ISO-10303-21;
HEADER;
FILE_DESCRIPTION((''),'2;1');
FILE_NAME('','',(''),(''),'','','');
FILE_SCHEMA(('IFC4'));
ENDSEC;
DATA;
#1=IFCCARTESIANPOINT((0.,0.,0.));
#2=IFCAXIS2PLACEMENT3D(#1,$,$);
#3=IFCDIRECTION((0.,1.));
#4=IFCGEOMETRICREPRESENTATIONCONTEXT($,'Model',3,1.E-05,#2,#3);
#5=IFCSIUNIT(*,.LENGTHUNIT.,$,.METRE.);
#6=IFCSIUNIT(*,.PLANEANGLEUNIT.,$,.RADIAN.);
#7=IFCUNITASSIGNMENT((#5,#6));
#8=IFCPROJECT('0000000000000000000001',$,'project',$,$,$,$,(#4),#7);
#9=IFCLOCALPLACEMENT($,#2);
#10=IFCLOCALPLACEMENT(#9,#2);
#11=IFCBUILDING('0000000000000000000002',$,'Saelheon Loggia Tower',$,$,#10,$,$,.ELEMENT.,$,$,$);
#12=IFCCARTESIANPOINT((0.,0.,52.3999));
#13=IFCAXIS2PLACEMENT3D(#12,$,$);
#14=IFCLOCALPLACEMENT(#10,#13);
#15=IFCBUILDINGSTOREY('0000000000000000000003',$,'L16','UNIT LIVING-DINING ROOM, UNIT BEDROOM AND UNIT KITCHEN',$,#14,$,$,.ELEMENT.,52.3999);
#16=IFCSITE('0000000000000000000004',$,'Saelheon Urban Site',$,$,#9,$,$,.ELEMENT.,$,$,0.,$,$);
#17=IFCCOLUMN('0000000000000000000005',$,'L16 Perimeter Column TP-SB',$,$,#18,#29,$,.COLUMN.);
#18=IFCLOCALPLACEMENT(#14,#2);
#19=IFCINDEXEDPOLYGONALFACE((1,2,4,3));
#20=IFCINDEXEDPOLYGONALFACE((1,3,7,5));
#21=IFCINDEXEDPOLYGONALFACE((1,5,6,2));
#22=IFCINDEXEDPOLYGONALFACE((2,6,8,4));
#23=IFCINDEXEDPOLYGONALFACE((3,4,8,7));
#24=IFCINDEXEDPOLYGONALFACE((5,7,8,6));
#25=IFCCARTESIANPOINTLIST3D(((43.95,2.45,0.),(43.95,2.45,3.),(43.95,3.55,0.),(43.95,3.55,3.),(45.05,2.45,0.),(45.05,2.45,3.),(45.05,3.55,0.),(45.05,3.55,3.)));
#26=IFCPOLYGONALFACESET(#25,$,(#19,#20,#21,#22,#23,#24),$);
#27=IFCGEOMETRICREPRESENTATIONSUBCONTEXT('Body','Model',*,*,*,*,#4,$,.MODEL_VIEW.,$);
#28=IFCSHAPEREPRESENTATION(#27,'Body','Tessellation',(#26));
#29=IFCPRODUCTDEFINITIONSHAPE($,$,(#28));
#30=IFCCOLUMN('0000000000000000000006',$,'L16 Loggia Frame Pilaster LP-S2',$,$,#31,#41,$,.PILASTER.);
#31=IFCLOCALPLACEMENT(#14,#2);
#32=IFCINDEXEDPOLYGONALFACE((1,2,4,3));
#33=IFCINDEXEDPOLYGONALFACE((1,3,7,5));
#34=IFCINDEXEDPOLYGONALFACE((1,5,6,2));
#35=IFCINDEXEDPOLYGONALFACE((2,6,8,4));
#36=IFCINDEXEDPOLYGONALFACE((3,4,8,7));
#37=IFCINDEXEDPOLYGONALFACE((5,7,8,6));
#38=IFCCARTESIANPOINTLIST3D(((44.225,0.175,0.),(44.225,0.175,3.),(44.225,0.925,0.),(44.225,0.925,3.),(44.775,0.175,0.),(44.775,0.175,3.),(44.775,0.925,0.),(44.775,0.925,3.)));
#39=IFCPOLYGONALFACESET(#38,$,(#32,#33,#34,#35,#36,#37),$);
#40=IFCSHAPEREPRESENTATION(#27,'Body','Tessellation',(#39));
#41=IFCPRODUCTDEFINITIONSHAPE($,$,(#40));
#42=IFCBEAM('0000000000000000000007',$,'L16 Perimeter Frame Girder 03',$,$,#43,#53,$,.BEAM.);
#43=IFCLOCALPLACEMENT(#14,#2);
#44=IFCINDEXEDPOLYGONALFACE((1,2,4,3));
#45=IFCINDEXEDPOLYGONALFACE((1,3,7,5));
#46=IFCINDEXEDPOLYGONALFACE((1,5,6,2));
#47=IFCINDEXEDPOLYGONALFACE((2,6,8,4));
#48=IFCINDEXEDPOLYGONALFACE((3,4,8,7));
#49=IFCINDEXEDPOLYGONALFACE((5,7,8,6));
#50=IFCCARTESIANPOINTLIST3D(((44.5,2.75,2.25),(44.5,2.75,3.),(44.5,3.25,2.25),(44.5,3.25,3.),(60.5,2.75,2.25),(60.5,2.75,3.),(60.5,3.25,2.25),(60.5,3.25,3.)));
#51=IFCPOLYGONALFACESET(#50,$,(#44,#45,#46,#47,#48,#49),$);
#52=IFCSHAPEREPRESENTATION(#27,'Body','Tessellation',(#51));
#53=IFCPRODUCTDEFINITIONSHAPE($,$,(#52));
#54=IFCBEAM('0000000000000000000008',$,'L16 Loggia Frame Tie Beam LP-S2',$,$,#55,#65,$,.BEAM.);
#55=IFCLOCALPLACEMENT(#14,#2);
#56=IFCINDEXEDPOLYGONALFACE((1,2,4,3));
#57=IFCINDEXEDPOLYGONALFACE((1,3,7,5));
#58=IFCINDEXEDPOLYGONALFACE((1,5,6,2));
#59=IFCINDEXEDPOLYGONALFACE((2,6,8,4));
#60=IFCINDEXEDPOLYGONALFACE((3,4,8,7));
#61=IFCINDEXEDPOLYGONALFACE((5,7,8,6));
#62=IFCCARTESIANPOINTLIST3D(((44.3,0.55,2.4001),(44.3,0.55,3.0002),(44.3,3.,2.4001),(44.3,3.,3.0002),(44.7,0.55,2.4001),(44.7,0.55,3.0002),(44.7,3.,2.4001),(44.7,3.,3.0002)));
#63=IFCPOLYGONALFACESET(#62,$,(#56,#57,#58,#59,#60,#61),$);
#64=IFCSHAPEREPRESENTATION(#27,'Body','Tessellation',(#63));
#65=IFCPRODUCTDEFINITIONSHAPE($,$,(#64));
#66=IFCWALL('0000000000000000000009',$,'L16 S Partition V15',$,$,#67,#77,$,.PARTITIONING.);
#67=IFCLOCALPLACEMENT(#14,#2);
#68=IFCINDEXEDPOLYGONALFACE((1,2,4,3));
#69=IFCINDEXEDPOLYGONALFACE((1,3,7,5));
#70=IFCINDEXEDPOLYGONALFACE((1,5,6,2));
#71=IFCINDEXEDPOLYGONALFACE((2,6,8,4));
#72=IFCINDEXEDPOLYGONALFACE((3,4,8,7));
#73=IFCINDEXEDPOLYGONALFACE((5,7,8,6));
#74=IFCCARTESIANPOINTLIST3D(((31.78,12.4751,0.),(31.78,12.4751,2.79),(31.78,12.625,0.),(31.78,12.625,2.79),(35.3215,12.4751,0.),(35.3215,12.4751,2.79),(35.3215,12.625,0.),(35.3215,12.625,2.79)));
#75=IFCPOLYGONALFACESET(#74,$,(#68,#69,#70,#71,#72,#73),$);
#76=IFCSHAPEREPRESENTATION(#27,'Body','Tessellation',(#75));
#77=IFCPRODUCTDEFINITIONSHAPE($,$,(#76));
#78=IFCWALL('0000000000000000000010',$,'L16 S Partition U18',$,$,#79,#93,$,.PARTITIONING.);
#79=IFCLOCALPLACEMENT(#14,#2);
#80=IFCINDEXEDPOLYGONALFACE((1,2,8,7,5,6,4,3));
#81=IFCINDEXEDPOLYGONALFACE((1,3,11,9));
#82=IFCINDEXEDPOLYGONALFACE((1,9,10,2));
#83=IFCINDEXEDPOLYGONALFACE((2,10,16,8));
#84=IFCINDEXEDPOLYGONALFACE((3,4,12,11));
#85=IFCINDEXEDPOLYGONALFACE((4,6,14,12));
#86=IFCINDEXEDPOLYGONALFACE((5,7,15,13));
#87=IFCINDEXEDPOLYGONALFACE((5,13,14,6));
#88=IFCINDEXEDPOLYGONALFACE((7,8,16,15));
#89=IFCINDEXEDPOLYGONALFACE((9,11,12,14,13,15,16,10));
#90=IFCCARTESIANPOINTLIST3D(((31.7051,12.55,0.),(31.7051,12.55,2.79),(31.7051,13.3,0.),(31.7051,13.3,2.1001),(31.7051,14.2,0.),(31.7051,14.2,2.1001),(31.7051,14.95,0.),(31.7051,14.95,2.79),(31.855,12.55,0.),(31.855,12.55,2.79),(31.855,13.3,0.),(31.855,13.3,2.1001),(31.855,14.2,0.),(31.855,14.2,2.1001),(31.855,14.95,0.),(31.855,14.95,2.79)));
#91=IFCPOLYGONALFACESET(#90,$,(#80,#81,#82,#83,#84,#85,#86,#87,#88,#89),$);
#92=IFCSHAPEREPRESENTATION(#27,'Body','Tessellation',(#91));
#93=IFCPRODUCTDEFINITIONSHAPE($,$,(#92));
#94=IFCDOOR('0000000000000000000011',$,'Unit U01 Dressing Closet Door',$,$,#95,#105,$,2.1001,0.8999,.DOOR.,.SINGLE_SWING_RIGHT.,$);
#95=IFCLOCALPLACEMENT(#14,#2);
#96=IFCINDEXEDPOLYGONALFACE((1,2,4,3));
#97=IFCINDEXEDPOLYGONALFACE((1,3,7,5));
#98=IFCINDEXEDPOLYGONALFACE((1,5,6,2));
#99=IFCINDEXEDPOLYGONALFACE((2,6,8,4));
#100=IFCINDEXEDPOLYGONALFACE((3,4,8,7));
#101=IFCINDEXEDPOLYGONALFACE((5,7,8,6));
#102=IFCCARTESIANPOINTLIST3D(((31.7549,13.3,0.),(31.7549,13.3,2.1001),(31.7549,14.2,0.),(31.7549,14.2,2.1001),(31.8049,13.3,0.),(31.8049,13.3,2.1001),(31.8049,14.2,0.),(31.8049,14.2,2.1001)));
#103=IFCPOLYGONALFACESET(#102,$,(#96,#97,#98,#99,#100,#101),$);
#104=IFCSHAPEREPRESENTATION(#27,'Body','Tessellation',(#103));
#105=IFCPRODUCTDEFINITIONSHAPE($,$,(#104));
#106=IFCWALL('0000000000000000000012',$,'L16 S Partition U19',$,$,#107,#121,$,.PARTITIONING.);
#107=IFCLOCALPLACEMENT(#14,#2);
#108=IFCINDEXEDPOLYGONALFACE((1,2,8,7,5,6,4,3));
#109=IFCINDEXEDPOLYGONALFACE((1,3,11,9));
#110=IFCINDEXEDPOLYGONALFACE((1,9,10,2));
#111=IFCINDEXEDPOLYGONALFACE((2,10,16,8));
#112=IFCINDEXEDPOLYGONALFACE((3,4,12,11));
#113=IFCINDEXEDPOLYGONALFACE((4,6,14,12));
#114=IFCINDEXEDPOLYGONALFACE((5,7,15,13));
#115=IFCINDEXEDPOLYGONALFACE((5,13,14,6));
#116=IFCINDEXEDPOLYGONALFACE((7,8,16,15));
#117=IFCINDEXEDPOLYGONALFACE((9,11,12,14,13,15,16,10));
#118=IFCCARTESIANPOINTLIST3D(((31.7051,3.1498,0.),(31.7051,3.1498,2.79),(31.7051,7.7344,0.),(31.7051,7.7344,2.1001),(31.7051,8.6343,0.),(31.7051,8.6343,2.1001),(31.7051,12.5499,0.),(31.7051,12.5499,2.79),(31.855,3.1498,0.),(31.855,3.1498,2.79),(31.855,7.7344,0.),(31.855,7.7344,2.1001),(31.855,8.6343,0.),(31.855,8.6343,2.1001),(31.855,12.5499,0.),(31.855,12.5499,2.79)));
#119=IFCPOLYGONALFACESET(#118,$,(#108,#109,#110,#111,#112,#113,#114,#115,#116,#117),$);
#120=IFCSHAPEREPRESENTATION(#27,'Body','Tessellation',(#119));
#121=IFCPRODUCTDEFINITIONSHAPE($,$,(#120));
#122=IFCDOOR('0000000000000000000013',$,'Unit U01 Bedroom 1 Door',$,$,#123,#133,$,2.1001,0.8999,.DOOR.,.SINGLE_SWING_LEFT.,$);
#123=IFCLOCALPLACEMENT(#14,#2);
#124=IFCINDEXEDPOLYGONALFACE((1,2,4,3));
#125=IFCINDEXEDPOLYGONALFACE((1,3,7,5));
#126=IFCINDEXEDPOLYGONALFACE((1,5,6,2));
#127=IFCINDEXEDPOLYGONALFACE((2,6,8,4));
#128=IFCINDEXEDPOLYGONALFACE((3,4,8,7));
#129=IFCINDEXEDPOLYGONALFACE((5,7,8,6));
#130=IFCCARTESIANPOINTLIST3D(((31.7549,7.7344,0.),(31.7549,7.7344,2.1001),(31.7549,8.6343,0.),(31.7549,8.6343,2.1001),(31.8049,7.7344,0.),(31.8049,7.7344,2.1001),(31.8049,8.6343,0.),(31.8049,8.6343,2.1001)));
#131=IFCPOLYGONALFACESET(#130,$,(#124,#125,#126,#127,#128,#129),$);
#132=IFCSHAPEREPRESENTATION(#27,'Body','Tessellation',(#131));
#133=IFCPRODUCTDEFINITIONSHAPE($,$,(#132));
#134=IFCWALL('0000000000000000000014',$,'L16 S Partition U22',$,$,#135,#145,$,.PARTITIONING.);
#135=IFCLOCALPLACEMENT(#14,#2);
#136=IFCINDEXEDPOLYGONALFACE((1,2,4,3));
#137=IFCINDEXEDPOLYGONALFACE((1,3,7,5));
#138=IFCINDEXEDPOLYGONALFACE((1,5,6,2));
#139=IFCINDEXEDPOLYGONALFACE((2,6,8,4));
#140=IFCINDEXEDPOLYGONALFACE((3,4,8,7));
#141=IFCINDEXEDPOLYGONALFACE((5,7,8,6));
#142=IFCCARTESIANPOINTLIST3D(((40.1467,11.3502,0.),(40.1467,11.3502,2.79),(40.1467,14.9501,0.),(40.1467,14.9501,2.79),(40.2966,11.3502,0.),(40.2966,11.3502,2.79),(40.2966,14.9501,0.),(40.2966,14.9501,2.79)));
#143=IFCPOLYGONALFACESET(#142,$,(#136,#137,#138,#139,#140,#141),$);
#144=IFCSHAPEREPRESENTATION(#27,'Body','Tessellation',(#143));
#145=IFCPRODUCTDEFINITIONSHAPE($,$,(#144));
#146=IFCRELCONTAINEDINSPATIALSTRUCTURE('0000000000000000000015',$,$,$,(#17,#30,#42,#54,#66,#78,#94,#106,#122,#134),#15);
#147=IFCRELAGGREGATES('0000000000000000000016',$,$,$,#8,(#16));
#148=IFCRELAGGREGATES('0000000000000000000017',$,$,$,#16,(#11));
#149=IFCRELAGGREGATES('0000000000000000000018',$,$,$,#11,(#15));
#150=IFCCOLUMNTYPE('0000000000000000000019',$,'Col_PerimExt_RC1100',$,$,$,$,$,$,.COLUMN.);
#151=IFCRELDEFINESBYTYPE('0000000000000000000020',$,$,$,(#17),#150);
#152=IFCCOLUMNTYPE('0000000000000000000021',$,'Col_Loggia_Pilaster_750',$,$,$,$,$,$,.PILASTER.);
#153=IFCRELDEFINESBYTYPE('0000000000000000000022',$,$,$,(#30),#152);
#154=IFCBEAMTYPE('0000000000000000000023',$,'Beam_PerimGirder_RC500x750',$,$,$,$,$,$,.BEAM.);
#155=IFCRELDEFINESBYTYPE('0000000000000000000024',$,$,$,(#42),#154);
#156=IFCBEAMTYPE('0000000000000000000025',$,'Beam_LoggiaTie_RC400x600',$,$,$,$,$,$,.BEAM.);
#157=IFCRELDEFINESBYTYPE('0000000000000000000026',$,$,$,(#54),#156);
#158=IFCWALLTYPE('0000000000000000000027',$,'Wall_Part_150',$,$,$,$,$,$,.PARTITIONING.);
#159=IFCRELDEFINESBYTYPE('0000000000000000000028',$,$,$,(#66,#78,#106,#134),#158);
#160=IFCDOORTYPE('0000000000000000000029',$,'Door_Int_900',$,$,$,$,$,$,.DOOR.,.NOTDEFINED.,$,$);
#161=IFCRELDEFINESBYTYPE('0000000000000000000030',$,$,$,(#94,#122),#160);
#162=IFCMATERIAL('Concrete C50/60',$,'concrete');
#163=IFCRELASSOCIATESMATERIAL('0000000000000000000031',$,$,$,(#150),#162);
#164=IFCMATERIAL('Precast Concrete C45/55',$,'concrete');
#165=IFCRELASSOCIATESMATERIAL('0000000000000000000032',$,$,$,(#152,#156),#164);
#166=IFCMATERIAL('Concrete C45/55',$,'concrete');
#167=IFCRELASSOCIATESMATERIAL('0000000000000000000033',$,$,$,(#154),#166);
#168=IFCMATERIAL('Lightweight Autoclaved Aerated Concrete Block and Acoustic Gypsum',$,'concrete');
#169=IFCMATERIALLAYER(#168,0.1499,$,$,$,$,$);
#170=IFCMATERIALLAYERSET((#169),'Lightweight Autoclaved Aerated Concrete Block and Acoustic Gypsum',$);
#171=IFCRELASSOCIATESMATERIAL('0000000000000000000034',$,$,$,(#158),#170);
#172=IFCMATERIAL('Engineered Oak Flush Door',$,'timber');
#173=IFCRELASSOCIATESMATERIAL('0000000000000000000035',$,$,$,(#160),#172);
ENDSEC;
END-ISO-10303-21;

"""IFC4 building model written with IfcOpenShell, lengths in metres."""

from ifc_helpers import new_model, si_unit, direction, frame, frame_2d, origin, origin_2d, place, context, subcontext, project, spatial, rectangle, extrude, source, transform, mapped, material, layer, layer_set, material_profile, profile_set, type_object, element, fill, save


model = new_model("IFC4")

# Units and contexts
model_context = context("Model", 3, precision=1e-05, world=origin(), true_north=direction((0.0, 1.0)))
body_context = subcontext(model_context, "Body", "Model", "MODEL_VIEW")
ifc_project = project(units=[si_unit("LENGTHUNIT", "METRE"), si_unit("PLANEANGLEUNIT", "RADIAN")], contexts=[model_context])

# Site, building, storey
site_placement = place(None, origin())
site = spatial("IfcSite", under=ifc_project, at=site_placement, Name="Saelheon Urban Site", CompositionType="ELEMENT", RefElevation=0.0)
building_placement = place(site_placement, origin())
building = spatial("IfcBuilding", under=site, at=building_placement, Name="Saelheon Loggia Tower", CompositionType="ELEMENT")
storey_placement = place(building_placement, frame((0.0, 0.0, 52.3999)))
storey = spatial("IfcBuildingStorey", under=building, at=storey_placement, Name="L16", Description="UNIT LIVING-DINING ROOM, UNIT BEDROOM AND UNIT KITCHEN", CompositionType="ELEMENT", Elevation=52.3999)

# Columns
ifc_material_1 = material(Name="Concrete C50/60", Category="concrete")
ifc_material_profile_1 = material_profile(ifc_material_1, rectangle(XDim=1.1001, YDim=1.1001, at=origin_2d()), Name="RC-1100x1100")
ifc_profile_set_1 = profile_set([ifc_material_profile_1], Name="Concrete C50/60")
column_type_1 = type_object("IfcColumnType", Name="Col_PerimExt_RC1100", PredefinedType="COLUMN", material=ifc_profile_set_1)
shared_shape_1 = source(origin(), body_context, "Body", "SweptSolid", [
    extrude(rectangle(XDim=1.1001, YDim=1.1001, at=origin_2d()), origin(), (0.0, 0.0, 1.0), 3.0),
])
column_1_placement = place(storey_placement, frame((44.5, 3.0, 0.0), z_axis=(0.0, 0.0, 1.0), x_axis=(1.0, 0.0, 0.0)))
element("IfcColumn", 1, at=column_1_placement, inside=storey, type_object=column_type_1, Name="L16 Perimeter Column TP-SB", PredefinedType="COLUMN", context=body_context, shape_type="MappedRepresentation", body=[
    mapped(shared_shape_1, transform((0.0, 0.0, 0.0), scale=1.0)),
])
ifc_material_2 = material(Name="Precast Concrete C45/55", Category="concrete")
ifc_material_profile_2 = material_profile(ifc_material_2, rectangle(XDim=0.55, YDim=0.75, at=origin_2d()), Name="RC-550x750")
ifc_profile_set_2 = profile_set([ifc_material_profile_2], Name="Precast Concrete C45/55")
column_type_2 = type_object("IfcColumnType", Name="Col_Loggia_Pilaster_750", PredefinedType="PILASTER", material=ifc_profile_set_2)
shared_shape_2 = source(origin(), body_context, "Body", "SweptSolid", [
    extrude(rectangle(XDim=0.55, YDim=0.75, at=origin_2d()), origin(), (0.0, 0.0, 1.0), 3.0),
])
column_2_placement = place(storey_placement, frame((44.5, 0.55, 0.0), z_axis=(0.0, 0.0, 1.0), x_axis=(1.0, 0.0, 0.0)))
element("IfcColumn", 2, at=column_2_placement, inside=storey, type_object=column_type_2, Name="L16 Loggia Frame Pilaster LP-S2", PredefinedType="PILASTER", context=body_context, shape_type="MappedRepresentation", body=[
    mapped(shared_shape_2, transform((0.0, 0.0, 0.0), scale=1.0)),
])

# Beams
ifc_material_3 = material(Name="Concrete C45/55", Category="concrete")
ifc_material_profile_3 = material_profile(ifc_material_3, rectangle(XDim=0.5, YDim=0.75, at=origin_2d()), Name="RC-500x750")
ifc_profile_set_3 = profile_set([ifc_material_profile_3], Name="Concrete C45/55")
beam_type_1 = type_object("IfcBeamType", Name="Beam_PerimGirder_RC500x750", PredefinedType="BEAM", material=ifc_profile_set_3)
shared_shape_3 = source(origin(), body_context, "Body", "SweptSolid", [
    extrude(rectangle(XDim=0.5, YDim=0.75, at=origin_2d()), origin(), (0.0, 0.0, 1.0), 16.0),
])
beam_1_placement = place(storey_placement, frame((44.5, 3.0, 2.625), z_axis=(1.0, 0.0, 0.0), x_axis=(0.0, 1.0, 0.0)))
element("IfcBeam", 3, at=beam_1_placement, inside=storey, type_object=beam_type_1, Name="L16 Perimeter Frame Girder 03", PredefinedType="BEAM", context=body_context, shape_type="MappedRepresentation", body=[
    mapped(shared_shape_3, transform((0.0, 0.0, 0.0), scale=1.0)),
])
ifc_material_profile_4 = material_profile(ifc_material_2, rectangle(XDim=0.3999, YDim=0.6001, at=origin_2d()), Name="RC-400x600")
ifc_profile_set_4 = profile_set([ifc_material_profile_4], Name="Precast Concrete C45/55")
beam_type_2 = type_object("IfcBeamType", Name="Beam_LoggiaTie_RC400x600", PredefinedType="BEAM", material=ifc_profile_set_4)
shared_shape_4 = source(origin(), body_context, "Body", "SweptSolid", [
    extrude(rectangle(XDim=0.3999, YDim=0.6001, at=origin_2d()), origin(), (0.0, 0.0, 1.0), 2.45),
])
beam_2_placement = place(storey_placement, frame((44.5, 3.0, 2.7002), z_axis=(0.0, -1.0, 0.0), x_axis=(1.0, 0.0, 0.0)))
element("IfcBeam", 4, at=beam_2_placement, inside=storey, type_object=beam_type_2, Name="L16 Loggia Frame Tie Beam LP-S2", PredefinedType="BEAM", context=body_context, shape_type="MappedRepresentation", body=[
    mapped(shared_shape_4, transform((0.0, 0.0, 0.0), scale=1.0)),
])

# Wall
ifc_material_4 = material(Name="Lightweight Autoclaved Aerated Concrete Block and Acoustic Gypsum", Category="concrete")
ifc_layer_1 = layer(ifc_material_4, 0.1499)
ifc_layer_set_1 = layer_set([ifc_layer_1], Name="Lightweight Autoclaved Aerated Concrete Block and Acoustic Gypsum")
wall_type_1 = type_object("IfcWallType", Name="Wall_Part_150", PredefinedType="PARTITIONING", material=ifc_layer_set_1)
wall_1_placement = place(storey_placement, frame((31.78, 12.55, 0.0), z_axis=(0.0, 0.0, 1.0), x_axis=(1.0, 0.0, 0.0)))
element("IfcWall", 5, at=wall_1_placement, inside=storey, type_object=wall_type_1, Name="L16 S Partition V15", PredefinedType="PARTITIONING", context=body_context, shape_type="SweptSolid", body=[
    extrude(rectangle(XDim=3.5415, YDim=0.1499, at=frame_2d((1.7708, 0.0))), origin(), (0.0, 0.0, 1.0), 2.79),
])

# Walls, openings, doors
wall_2_placement = place(storey_placement, frame((31.78, 14.95, 0.0), z_axis=(0.0, 0.0, 1.0), x_axis=(0.0, -1.0, 0.0)))
wall_2 = element("IfcWall", 6, at=wall_2_placement, inside=storey, type_object=wall_type_1, Name="L16 S Partition U18", PredefinedType="PARTITIONING", context=body_context, shape_type="SweptSolid", body=[
    extrude(rectangle(XDim=2.3999, YDim=0.1499, at=frame_2d((1.2, 0.0))), origin(), (0.0, 0.0, 1.0), 2.79),
])
opening_1_placement = place(wall_2_placement, frame((0.75, 0.0, 0.0)))
opening_1 = element("IfcOpeningElement", 7, at=opening_1_placement, cuts=wall_2, PredefinedType="OPENING", context=body_context, shape_type="SweptSolid", body=[
    extrude(rectangle(XDim=0.8999, YDim=2.1001, at=frame_2d((0.45, 1.05))), frame((0.0, 0.0869, 0.0), z_axis=(0.0, -1.0, 0.0), x_axis=(1.0, 0.0, 0.0)), (0.0, 0.0, 1.0), 0.1738),
])
ifc_material_5 = material(Name="Engineered Oak Flush Door", Category="timber")
door_type_1 = type_object("IfcDoorType", Name="Door_Int_900", OperationType="NOTDEFINED", PredefinedType="DOOR", material=ifc_material_5)
shared_shape_5 = source(origin(), body_context, "Body", "SweptSolid", [
    extrude(rectangle(XDim=0.8999, YDim=2.1001, at=frame_2d((0.45, 1.05))), frame((0.0, 0.0249, 0.0), z_axis=(0.0, -1.0, 0.0), x_axis=(1.0, 0.0, 0.0)), (0.0, 0.0, 1.0), 0.05),
])
door_1_placement = place(opening_1_placement, origin())
door_1 = element("IfcDoor", 8, at=door_1_placement, inside=storey, type_object=door_type_1, Name="Unit U01 Dressing Closet Door", OperationType="SINGLE_SWING_RIGHT", OverallHeight=2.1001, OverallWidth=0.8999, PredefinedType="DOOR", context=body_context, shape_type="MappedRepresentation", body=[
    mapped(shared_shape_5, transform((0.0, 0.0, 0.0), scale=1.0)),
])
fill(opening_1, door_1)
wall_3_placement = place(storey_placement, frame((31.78, 12.55, 0.0), z_axis=(0.0, 0.0, 1.0), x_axis=(0.0, -1.0, 0.0)))
wall_3 = element("IfcWall", 9, at=wall_3_placement, inside=storey, type_object=wall_type_1, Name="L16 S Partition U19", PredefinedType="PARTITIONING", context=body_context, shape_type="SweptSolid", body=[
    extrude(rectangle(XDim=9.4001, YDim=0.1499, at=frame_2d((4.7002, 0.0))), origin(), (0.0, 0.0, 1.0), 2.79),
])
opening_2_placement = place(wall_3_placement, frame((3.9158, 0.0, 0.0)))
opening_2 = element("IfcOpeningElement", 10, at=opening_2_placement, cuts=wall_3, PredefinedType="OPENING", context=body_context, shape_type="SweptSolid", body=[
    extrude(rectangle(XDim=0.8999, YDim=2.1001, at=frame_2d((0.45, 1.05))), frame((0.0, 0.0869, 0.0), z_axis=(0.0, -1.0, 0.0), x_axis=(1.0, 0.0, 0.0)), (0.0, 0.0, 1.0), 0.1738),
])
door_2_placement = place(opening_2_placement, origin())
door_2 = element("IfcDoor", 11, at=door_2_placement, inside=storey, type_object=door_type_1, Name="Unit U01 Bedroom 1 Door", OperationType="SINGLE_SWING_LEFT", OverallHeight=2.1001, OverallWidth=0.8999, PredefinedType="DOOR", context=body_context, shape_type="MappedRepresentation", body=[
    mapped(shared_shape_5, transform((0.0, 0.0, 0.0), scale=1.0)),
])
fill(opening_2, door_2)

# Wall
wall_4_placement = place(storey_placement, frame((40.2217, 14.95, 0.0), z_axis=(0.0, 0.0, 1.0), x_axis=(0.0, -1.0, 0.0)))
element("IfcWall", 12, at=wall_4_placement, inside=storey, type_object=wall_type_1, Name="L16 S Partition U22", PredefinedType="PARTITIONING", context=body_context, shape_type="SweptSolid", body=[
    extrude(rectangle(XDim=3.5999, YDim=0.1499, at=frame_2d((1.7998, 0.0))), origin(), (0.0, 0.0, 1.0), 2.79),
])

save(model, "model.ifc")
